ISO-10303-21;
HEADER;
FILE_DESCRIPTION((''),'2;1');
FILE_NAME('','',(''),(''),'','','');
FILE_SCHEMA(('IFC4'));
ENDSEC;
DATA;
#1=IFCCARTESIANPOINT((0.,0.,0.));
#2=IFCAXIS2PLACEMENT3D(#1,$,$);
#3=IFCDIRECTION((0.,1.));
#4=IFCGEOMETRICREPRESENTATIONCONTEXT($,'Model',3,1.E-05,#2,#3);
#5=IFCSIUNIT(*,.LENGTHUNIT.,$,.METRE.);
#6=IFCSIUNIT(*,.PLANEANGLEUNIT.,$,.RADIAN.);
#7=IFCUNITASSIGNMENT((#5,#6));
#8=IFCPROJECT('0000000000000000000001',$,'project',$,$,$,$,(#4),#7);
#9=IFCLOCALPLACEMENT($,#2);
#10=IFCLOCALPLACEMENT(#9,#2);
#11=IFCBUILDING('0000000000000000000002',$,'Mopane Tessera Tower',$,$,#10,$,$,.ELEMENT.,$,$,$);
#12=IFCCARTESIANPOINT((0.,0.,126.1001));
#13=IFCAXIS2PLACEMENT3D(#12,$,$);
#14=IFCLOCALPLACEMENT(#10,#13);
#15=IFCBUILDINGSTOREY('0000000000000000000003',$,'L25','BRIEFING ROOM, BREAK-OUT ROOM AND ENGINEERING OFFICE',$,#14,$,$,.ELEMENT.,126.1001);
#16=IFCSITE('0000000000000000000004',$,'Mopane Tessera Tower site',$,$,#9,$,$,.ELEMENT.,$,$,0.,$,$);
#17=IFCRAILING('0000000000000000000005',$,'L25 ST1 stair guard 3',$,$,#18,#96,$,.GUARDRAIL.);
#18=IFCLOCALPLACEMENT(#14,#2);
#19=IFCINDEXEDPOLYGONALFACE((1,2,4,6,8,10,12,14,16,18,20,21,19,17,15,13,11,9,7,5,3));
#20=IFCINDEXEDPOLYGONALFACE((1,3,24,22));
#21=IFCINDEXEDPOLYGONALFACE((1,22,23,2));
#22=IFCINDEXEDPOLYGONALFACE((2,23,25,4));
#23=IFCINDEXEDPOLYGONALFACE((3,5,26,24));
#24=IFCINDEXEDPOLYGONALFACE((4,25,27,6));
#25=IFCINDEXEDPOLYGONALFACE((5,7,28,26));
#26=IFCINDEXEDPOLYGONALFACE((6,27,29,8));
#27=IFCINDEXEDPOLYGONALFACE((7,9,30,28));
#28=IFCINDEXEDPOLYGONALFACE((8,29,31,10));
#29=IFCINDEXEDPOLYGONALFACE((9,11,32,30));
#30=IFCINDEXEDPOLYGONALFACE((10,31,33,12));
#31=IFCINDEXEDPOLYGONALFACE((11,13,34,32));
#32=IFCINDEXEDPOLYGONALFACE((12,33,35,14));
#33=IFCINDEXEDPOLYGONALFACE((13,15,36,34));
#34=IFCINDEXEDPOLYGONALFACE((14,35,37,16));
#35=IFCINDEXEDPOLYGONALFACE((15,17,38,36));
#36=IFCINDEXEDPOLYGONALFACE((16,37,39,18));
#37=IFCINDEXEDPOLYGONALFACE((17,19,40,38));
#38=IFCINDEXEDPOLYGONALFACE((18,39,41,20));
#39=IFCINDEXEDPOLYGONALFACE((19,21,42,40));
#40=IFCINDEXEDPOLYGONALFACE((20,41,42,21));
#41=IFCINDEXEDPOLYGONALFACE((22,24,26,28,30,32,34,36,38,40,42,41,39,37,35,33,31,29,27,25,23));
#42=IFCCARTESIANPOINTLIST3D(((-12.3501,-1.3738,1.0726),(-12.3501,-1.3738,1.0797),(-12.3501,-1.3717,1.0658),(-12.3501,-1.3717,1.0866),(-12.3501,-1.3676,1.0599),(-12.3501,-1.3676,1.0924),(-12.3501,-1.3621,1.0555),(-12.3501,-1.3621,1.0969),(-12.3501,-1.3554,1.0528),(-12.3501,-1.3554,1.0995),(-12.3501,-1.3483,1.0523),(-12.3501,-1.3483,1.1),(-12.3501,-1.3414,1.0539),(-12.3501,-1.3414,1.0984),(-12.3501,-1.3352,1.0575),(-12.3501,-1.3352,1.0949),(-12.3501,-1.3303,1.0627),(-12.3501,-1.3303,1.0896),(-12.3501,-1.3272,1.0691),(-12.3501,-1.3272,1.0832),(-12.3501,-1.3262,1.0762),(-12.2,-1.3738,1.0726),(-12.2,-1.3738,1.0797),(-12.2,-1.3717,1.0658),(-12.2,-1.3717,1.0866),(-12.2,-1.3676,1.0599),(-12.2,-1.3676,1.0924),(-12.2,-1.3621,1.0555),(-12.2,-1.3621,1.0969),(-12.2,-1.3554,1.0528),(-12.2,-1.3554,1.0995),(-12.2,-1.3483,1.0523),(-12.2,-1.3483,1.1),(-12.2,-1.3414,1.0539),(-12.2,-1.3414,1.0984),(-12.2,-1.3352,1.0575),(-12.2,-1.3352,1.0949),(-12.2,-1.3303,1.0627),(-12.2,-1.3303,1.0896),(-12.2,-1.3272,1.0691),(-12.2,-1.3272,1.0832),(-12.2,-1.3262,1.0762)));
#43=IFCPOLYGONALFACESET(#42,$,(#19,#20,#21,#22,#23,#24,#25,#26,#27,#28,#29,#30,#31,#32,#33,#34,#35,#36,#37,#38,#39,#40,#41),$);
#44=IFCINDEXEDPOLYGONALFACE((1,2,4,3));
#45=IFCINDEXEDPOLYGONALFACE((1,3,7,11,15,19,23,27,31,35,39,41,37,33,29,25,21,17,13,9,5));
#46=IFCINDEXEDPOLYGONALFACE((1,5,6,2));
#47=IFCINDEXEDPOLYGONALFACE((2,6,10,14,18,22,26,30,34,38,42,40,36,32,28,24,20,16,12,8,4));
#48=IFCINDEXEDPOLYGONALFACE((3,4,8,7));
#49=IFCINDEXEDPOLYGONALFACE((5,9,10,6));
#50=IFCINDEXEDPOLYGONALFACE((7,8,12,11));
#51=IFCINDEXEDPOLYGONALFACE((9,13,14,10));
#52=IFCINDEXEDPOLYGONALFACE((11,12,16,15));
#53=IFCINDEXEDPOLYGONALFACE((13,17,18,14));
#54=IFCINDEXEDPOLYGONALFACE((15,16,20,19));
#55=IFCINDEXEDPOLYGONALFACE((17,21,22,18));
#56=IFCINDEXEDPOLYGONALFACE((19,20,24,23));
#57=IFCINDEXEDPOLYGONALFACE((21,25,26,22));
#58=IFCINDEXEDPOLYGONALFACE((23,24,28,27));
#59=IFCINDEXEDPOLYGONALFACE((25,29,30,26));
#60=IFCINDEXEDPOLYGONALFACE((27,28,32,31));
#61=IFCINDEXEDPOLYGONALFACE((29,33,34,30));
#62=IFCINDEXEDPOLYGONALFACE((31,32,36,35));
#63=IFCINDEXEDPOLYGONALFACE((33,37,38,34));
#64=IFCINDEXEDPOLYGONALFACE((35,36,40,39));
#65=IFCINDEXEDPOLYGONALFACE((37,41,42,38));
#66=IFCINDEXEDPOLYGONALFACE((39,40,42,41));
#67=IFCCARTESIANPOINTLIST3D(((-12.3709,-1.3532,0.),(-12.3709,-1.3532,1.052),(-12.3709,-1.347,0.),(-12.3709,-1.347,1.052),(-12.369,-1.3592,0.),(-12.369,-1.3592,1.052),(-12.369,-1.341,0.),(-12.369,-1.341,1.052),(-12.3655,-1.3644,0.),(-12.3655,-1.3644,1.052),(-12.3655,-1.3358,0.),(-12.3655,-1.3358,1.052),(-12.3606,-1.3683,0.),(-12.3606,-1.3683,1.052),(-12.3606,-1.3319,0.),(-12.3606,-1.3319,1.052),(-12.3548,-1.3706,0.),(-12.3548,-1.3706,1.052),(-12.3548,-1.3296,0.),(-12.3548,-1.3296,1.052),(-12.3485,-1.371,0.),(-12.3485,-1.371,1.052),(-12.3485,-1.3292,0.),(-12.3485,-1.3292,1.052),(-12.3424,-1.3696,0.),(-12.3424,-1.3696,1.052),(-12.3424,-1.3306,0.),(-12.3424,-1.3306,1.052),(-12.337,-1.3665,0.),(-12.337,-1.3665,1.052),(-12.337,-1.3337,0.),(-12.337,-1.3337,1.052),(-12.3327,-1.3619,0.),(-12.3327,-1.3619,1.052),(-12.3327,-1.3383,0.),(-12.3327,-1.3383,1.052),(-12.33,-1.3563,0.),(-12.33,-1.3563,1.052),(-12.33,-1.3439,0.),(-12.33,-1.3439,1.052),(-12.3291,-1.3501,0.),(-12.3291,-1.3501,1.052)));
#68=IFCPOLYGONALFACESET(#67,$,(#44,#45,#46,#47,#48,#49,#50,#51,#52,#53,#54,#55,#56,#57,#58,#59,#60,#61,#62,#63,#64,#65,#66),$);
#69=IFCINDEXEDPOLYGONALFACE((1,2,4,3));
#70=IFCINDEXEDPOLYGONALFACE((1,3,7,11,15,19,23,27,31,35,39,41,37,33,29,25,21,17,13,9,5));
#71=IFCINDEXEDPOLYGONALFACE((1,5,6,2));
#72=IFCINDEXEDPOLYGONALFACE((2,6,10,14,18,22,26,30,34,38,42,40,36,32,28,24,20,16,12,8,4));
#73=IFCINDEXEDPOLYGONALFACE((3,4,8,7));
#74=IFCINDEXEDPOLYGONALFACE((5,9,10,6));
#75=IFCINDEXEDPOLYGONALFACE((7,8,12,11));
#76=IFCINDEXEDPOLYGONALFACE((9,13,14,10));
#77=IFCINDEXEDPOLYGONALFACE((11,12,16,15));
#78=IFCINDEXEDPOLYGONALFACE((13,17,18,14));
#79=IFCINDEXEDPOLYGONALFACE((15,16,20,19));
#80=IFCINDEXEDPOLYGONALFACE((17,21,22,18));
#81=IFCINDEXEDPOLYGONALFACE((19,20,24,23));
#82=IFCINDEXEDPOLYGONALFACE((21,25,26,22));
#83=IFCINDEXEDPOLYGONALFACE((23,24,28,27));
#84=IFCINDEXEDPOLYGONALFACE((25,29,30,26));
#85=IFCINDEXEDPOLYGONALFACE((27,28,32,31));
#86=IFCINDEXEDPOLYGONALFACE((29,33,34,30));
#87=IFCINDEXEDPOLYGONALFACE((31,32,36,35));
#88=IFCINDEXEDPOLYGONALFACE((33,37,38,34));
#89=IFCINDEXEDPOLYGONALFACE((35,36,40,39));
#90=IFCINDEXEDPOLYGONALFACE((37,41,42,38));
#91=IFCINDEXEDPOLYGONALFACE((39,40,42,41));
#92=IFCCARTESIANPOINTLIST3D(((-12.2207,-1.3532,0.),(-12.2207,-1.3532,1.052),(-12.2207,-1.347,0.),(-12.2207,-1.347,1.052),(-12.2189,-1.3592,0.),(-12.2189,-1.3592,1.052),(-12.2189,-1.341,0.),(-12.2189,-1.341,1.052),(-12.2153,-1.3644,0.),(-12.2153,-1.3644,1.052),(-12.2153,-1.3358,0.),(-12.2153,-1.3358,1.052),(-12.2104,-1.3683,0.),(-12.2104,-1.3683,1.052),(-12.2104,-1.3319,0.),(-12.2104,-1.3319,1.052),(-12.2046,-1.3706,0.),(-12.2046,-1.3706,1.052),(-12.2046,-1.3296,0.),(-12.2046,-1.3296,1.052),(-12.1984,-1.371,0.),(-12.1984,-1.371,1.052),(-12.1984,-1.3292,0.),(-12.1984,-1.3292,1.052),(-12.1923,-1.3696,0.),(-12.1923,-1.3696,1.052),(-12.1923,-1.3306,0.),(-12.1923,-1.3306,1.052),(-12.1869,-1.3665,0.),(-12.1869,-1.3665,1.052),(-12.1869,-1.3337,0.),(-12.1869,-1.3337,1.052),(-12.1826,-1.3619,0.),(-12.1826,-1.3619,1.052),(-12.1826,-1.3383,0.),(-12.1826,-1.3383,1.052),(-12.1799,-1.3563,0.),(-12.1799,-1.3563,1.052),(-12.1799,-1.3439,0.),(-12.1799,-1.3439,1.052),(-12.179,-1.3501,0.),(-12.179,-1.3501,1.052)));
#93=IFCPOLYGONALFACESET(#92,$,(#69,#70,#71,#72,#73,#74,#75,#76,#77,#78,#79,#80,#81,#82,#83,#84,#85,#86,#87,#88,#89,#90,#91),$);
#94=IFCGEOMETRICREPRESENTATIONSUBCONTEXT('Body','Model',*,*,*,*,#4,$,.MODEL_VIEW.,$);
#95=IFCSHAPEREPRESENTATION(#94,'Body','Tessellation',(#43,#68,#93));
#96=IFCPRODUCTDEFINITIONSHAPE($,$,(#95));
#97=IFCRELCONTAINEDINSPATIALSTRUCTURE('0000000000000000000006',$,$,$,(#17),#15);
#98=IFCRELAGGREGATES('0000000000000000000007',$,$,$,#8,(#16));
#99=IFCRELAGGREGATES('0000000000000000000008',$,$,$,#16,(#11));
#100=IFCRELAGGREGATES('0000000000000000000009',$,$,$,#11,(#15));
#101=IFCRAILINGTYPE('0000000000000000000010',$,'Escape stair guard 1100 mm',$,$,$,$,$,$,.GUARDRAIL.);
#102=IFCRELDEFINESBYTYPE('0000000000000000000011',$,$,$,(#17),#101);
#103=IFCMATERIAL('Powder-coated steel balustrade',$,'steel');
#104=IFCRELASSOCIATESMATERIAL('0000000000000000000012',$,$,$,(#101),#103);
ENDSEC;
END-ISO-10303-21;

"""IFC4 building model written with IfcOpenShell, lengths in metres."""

from ifc_helpers import new_model, si_unit, direction, frame, origin, origin_2d, place, context, subcontext, project, spatial, circle, extrude, material, type_object, element, save


model = new_model("IFC4")

# Units and contexts
model_context = context("Model", 3, precision=1e-05, world=origin(), true_north=direction((0.0, 1.0)))
body_context = subcontext(model_context, "Body", "Model", "MODEL_VIEW")
ifc_project = project(units=[si_unit("LENGTHUNIT", "METRE"), si_unit("PLANEANGLEUNIT", "RADIAN")], contexts=[model_context])

# Site, building, storey
site_placement = place(None, origin())
site = spatial("IfcSite", under=ifc_project, at=site_placement, Name="Mopane Tessera Tower site", CompositionType="ELEMENT", RefElevation=0.0)
building_placement = place(site_placement, origin())
building = spatial("IfcBuilding", under=site, at=building_placement, Name="Mopane Tessera Tower", CompositionType="ELEMENT")
storey_placement = place(building_placement, frame((0.0, 0.0, 126.1001)))
storey = spatial("IfcBuildingStorey", under=building, at=storey_placement, Name="L25", Description="BRIEFING ROOM, BREAK-OUT ROOM AND ENGINEERING OFFICE", CompositionType="ELEMENT", Elevation=126.1001)

# Railing
ifc_material_1 = material(Name="Powder-coated steel balustrade", Category="steel")
railing_type_1 = type_object("IfcRailingType", Name="Escape stair guard 1100 mm", PredefinedType="GUARDRAIL", material=ifc_material_1)
railing_1_placement = place(storey_placement, frame((-12.3501, -1.3501, 0.0)))
element("IfcRailing", 1, at=railing_1_placement, inside=storey, type_object=railing_type_1, Name="L25 ST1 stair guard 3", PredefinedType="GUARDRAIL", context=body_context, shape_type="SweptSolid", body=[
    extrude(circle(Radius=0.0239, at=origin_2d()), frame((0.0, 0.0, 1.0762), z_axis=(1.0, 0.0, 0.0), x_axis=(0.0, 1.0, 0.0)), (0.0, 0.0, 1.0), 0.1501),
    extrude(circle(Radius=0.021, at=origin_2d()), origin(), (0.0, 0.0, 1.0), 1.052),
    extrude(circle(Radius=0.021, at=origin_2d()), frame((0.1501, 0.0, 0.0)), (0.0, 0.0, 1.0), 1.052),
])

save(model, "model.ifc")
